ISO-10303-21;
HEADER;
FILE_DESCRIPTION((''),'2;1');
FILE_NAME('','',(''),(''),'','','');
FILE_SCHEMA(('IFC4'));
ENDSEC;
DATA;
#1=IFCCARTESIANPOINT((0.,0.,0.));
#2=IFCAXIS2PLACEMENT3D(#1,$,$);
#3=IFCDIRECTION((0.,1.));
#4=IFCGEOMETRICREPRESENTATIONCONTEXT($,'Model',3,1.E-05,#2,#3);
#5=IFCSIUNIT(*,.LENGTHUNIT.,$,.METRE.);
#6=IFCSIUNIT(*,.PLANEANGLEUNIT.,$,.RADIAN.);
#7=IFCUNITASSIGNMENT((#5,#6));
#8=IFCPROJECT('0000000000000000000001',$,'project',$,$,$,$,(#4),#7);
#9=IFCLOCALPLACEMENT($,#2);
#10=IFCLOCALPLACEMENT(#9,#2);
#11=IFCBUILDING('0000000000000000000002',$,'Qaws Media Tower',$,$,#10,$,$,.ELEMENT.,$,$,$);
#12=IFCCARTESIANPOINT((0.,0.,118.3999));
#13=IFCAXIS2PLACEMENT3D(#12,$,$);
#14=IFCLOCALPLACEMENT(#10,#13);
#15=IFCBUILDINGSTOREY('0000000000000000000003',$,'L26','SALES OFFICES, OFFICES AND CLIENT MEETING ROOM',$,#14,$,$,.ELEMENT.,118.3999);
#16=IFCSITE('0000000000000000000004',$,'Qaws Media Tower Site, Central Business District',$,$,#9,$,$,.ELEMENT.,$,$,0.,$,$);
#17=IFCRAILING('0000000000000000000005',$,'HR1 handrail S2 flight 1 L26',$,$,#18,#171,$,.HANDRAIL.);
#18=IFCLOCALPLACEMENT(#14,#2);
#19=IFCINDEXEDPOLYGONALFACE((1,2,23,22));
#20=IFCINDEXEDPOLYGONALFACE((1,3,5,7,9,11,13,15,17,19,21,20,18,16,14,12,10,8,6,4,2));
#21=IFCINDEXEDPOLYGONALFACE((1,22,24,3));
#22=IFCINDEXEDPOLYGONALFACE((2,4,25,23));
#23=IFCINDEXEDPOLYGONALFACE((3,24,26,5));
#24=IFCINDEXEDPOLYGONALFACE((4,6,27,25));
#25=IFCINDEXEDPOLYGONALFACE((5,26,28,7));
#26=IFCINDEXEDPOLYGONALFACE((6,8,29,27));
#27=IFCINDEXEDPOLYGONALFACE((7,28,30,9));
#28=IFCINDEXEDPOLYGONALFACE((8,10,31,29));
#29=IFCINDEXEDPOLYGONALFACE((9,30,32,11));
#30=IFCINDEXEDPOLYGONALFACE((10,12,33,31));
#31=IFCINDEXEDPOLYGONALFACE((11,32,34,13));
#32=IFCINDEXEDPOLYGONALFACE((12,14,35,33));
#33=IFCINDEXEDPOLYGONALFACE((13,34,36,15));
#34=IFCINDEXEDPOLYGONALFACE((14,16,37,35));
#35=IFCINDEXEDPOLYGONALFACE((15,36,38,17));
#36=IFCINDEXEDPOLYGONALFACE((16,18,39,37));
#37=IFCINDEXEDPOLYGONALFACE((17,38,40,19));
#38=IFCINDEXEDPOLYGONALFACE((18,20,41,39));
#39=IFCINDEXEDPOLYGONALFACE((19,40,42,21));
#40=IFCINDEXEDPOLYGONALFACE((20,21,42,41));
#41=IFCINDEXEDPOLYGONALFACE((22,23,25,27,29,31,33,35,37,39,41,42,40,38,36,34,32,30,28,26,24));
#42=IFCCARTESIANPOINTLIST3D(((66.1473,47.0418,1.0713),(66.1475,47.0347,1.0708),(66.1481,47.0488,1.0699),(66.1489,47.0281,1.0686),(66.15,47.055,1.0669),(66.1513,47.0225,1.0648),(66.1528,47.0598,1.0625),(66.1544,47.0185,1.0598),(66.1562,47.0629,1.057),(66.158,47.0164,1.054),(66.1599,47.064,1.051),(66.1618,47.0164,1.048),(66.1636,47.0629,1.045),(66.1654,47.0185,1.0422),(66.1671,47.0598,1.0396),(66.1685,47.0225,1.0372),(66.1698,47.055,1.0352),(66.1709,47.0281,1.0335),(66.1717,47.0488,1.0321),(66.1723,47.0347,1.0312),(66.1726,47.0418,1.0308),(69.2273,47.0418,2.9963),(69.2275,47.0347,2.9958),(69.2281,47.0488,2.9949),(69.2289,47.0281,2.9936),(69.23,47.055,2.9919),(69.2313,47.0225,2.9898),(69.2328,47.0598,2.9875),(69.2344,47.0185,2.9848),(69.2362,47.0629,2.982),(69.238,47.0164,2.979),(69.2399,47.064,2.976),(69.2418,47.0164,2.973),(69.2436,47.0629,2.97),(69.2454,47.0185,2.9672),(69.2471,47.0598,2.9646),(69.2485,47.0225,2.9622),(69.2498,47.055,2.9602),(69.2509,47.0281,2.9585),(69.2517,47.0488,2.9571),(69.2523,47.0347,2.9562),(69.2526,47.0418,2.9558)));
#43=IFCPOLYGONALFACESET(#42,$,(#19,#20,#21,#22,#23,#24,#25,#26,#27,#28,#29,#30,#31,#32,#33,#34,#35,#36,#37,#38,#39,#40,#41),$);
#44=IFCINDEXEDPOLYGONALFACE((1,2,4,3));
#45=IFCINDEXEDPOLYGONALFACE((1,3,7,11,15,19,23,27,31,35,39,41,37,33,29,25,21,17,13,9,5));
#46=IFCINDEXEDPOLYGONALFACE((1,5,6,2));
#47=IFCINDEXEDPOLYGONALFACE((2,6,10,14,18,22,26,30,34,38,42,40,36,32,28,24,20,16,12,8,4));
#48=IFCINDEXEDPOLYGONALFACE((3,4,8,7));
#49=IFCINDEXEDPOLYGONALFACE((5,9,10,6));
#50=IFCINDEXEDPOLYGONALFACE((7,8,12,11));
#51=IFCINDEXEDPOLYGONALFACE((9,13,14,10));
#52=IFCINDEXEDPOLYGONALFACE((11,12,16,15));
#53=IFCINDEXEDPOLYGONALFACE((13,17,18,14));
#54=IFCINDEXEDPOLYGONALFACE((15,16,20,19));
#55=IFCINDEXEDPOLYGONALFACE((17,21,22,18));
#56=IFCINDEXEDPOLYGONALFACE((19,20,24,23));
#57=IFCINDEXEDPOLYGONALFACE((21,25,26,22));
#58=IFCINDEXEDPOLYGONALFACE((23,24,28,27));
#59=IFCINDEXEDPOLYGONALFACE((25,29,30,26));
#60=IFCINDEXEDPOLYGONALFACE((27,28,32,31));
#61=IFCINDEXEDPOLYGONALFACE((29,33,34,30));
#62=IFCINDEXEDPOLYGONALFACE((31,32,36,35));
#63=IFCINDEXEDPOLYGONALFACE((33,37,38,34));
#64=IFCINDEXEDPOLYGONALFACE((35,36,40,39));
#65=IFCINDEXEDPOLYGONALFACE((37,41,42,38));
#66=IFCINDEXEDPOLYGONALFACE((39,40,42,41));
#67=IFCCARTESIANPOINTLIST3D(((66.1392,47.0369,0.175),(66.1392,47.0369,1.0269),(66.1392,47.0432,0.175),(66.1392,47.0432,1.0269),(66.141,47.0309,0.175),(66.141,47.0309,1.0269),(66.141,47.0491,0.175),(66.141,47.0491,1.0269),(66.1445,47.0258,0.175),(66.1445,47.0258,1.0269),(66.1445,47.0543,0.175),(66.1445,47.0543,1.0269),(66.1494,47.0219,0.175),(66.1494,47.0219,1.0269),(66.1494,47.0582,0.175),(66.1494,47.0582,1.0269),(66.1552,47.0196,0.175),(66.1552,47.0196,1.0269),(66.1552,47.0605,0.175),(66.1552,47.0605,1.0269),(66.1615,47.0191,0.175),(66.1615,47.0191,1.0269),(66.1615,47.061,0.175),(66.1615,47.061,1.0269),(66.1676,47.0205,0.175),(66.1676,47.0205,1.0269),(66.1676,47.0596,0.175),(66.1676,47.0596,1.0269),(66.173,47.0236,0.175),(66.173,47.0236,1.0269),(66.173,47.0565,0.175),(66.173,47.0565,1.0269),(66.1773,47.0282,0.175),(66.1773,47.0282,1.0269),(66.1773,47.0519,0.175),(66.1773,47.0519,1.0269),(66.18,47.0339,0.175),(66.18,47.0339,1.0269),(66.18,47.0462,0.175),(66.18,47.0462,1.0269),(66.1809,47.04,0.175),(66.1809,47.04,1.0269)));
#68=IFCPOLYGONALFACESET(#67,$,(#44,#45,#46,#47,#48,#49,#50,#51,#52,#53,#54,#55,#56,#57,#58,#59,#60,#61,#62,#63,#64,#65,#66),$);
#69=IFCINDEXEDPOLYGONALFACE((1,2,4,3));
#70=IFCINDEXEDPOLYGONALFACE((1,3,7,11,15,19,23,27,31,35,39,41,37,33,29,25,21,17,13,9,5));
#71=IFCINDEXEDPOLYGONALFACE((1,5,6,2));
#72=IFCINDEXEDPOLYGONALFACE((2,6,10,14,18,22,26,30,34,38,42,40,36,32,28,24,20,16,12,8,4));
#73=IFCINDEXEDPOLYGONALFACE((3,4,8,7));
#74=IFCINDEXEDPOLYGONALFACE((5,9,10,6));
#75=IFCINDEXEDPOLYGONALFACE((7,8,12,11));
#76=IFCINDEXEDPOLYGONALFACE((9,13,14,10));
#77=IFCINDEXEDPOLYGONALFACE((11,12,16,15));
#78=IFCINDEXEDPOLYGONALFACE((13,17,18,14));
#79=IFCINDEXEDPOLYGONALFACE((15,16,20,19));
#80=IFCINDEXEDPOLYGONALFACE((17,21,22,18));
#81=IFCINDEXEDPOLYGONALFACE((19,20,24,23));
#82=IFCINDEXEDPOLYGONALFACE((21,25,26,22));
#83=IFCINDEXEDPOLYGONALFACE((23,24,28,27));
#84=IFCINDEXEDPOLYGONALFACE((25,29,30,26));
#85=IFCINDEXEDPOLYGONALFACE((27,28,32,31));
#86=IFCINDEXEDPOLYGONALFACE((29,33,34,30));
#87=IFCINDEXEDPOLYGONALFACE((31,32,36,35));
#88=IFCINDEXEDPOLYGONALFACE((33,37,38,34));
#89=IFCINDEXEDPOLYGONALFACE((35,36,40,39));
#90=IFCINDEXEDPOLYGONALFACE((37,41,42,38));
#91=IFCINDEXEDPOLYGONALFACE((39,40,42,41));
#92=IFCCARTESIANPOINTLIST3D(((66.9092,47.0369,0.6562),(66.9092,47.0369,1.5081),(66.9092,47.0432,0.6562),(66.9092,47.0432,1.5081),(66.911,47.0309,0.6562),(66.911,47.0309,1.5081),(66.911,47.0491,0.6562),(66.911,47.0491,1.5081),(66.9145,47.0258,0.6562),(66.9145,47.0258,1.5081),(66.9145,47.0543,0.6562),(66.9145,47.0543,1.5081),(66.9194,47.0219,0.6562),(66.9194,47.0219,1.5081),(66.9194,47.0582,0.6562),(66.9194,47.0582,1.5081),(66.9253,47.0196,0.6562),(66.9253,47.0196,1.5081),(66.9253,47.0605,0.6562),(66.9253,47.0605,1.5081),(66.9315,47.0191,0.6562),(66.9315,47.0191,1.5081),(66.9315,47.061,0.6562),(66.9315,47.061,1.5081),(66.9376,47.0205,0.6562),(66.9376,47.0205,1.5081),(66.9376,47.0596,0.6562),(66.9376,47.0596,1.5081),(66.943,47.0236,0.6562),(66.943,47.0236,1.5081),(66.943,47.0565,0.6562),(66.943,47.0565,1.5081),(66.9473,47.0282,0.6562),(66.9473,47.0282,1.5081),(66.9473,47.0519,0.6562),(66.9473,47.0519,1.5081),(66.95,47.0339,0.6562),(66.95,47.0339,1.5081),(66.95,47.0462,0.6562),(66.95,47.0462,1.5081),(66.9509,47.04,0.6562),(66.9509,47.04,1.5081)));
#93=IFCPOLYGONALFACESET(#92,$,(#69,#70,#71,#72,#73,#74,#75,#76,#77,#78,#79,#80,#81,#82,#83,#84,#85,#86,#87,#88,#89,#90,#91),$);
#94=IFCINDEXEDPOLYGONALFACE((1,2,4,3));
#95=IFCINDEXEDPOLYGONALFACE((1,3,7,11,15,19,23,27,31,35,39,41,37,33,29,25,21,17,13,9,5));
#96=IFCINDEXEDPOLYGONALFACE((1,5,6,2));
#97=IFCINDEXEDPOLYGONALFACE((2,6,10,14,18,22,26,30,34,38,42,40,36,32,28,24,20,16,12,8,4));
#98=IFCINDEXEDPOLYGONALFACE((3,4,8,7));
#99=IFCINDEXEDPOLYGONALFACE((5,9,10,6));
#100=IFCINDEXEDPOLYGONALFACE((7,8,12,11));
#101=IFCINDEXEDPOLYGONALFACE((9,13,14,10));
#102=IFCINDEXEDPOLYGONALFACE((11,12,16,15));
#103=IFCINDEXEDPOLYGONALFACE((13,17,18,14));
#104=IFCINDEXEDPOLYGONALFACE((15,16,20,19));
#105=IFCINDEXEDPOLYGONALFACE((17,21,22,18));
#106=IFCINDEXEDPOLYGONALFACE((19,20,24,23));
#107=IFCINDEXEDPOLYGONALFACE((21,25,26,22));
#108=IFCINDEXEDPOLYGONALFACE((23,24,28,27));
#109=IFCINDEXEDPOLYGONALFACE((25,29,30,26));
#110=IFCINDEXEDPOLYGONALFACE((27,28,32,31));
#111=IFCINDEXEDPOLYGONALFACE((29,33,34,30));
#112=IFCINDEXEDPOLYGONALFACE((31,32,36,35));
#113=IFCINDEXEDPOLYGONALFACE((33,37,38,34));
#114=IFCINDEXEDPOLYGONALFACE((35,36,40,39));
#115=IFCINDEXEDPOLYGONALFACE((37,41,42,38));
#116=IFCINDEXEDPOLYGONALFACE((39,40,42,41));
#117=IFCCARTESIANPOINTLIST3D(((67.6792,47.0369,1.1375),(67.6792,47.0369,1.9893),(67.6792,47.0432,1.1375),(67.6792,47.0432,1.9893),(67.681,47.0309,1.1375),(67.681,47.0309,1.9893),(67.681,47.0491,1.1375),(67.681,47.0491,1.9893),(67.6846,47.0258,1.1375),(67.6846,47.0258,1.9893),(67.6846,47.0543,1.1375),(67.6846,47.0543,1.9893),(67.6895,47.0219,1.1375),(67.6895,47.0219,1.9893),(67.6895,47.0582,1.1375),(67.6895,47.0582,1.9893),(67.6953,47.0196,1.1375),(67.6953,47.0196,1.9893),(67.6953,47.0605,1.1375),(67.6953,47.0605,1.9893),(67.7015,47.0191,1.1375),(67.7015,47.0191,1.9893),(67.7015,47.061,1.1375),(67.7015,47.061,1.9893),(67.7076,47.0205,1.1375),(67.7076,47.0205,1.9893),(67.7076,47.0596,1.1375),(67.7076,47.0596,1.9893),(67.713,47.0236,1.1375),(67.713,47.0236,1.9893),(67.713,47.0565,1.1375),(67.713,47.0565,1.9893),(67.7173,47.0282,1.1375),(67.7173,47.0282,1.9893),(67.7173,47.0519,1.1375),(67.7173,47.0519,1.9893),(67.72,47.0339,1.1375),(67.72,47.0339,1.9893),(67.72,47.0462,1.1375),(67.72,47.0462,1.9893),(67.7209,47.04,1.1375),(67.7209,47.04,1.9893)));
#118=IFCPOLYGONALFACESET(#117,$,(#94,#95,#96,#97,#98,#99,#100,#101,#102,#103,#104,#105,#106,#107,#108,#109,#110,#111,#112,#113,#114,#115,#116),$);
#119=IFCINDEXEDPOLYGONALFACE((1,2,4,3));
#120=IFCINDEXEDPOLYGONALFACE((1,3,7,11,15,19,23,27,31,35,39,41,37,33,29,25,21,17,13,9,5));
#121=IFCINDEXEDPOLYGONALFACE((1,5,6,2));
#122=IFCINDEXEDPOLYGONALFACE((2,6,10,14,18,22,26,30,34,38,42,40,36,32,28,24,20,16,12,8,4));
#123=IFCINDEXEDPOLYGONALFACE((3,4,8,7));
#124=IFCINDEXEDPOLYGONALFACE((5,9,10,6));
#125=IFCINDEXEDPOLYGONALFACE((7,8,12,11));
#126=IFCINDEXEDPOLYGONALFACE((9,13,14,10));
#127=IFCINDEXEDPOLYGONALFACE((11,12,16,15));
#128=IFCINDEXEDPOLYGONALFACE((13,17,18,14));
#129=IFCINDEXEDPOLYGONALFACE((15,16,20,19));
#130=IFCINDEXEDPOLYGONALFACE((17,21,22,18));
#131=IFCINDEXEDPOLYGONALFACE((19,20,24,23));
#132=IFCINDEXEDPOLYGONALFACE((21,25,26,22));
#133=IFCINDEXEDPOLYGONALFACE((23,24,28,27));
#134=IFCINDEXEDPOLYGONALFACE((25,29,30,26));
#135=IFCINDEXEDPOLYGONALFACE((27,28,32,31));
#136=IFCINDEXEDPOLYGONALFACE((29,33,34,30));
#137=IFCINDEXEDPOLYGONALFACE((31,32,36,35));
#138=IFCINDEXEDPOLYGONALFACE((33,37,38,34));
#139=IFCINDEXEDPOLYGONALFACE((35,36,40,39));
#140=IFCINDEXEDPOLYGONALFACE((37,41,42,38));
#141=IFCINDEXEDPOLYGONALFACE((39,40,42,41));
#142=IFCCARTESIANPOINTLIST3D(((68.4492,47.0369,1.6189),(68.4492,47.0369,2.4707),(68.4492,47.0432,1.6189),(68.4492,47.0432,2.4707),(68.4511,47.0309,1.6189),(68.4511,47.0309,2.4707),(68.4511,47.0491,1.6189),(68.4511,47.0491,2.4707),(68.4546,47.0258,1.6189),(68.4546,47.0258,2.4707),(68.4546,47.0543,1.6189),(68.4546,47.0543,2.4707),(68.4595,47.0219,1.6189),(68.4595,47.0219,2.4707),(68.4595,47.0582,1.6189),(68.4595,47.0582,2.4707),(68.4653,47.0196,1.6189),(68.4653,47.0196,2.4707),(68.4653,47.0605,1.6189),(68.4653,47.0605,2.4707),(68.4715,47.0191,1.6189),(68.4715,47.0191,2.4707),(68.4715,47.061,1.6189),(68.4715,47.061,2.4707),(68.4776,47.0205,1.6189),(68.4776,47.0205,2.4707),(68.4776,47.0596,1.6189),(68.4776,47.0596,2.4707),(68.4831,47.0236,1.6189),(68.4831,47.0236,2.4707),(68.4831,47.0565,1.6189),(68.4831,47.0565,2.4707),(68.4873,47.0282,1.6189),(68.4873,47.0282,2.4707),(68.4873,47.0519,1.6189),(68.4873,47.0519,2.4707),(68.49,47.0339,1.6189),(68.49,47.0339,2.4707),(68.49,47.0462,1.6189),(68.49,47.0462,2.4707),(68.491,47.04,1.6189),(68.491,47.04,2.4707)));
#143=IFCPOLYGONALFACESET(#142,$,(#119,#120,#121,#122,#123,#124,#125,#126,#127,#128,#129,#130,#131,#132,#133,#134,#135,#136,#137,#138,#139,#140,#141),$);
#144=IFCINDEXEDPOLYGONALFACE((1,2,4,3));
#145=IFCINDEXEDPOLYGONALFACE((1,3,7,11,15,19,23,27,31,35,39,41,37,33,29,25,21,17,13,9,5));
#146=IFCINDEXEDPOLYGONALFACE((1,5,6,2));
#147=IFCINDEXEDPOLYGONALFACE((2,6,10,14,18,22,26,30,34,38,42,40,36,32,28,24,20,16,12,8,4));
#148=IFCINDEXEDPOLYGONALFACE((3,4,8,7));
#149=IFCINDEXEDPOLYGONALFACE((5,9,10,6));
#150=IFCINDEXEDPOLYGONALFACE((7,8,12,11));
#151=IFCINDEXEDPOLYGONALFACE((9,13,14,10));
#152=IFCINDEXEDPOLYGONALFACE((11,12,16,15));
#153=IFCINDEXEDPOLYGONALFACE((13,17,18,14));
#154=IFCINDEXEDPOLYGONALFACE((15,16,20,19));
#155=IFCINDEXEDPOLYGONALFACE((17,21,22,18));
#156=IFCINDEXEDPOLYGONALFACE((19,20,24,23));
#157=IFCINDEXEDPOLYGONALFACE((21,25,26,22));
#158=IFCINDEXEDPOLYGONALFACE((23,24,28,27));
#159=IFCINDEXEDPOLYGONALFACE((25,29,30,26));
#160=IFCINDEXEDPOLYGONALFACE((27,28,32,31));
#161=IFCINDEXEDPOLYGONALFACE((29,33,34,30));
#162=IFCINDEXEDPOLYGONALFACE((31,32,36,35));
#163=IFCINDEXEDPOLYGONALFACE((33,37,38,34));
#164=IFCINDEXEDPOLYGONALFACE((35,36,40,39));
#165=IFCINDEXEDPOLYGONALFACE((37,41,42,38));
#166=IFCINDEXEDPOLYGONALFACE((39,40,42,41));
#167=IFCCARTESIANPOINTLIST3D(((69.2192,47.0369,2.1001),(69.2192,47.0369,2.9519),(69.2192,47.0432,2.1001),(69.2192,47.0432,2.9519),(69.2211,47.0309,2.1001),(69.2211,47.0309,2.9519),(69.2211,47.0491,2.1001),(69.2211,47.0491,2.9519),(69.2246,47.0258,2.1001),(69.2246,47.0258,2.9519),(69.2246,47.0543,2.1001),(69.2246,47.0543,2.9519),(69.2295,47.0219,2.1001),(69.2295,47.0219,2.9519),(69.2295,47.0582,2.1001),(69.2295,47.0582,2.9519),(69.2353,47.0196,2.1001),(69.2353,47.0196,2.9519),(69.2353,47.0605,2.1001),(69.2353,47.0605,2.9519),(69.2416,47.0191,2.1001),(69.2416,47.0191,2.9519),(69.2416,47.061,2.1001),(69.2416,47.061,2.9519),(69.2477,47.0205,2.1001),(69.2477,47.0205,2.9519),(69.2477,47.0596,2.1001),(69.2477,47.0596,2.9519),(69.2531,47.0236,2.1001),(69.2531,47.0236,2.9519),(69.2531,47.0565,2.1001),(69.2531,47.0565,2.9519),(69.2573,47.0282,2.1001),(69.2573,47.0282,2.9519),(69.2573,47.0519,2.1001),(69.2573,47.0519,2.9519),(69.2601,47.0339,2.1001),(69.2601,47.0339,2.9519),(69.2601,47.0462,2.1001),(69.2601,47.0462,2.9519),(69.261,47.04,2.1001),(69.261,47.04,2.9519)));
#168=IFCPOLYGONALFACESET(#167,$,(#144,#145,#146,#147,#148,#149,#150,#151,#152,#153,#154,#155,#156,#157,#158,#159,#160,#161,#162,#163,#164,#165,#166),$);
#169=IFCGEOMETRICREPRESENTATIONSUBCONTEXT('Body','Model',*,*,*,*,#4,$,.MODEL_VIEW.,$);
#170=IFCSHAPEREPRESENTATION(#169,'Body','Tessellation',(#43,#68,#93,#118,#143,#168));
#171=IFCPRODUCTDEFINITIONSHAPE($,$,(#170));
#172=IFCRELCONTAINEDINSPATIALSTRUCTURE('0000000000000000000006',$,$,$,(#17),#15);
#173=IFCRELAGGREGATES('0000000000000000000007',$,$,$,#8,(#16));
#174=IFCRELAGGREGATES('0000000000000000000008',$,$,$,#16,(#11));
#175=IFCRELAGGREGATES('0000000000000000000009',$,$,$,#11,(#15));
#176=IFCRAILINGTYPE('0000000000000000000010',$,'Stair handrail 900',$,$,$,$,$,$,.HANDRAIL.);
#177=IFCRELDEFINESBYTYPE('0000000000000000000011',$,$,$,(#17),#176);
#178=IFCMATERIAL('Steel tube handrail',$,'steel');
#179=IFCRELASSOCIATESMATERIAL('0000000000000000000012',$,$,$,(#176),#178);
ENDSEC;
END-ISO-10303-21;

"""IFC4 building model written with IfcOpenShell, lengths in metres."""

from ifc_helpers import new_model, si_unit, direction, frame, origin, origin_2d, place, context, subcontext, project, spatial, circle, extrude, material, type_object, element, save


model = new_model("IFC4")

# Units and contexts
model_context = context("Model", 3, precision=1e-05, world=origin(), true_north=direction((0.0, 1.0)))
body_context = subcontext(model_context, "Body", "Model", "MODEL_VIEW")
ifc_project = project(units=[si_unit("LENGTHUNIT", "METRE"), si_unit("PLANEANGLEUNIT", "RADIAN")], contexts=[model_context])

# Site, building, storey
site_placement = place(None, origin())
site = spatial("IfcSite", under=ifc_project, at=site_placement, Name="Qaws Media Tower Site, Central Business District", CompositionType="ELEMENT", RefElevation=0.0)
building_placement = place(site_placement, origin())
building = spatial("IfcBuilding", under=site, at=building_placement, Name="Qaws Media Tower", CompositionType="ELEMENT")
storey_placement = place(building_placement, frame((0.0, 0.0, 118.3999)))
storey = spatial("IfcBuildingStorey", under=building, at=storey_placement, Name="L26", Description="SALES OFFICES, OFFICES AND CLIENT MEETING ROOM", CompositionType="ELEMENT", Elevation=118.3999)

# Railing
ifc_material_1 = material(Name="Steel tube handrail", Category="steel")
railing_type = type_object("IfcRailingType", Name="Stair handrail 900", PredefinedType="HANDRAIL", material=ifc_material_1)
for number, where, name in (
    (1, (66.1599, 47.04, 0.175), "HR1 handrail S2 flight 1 L26"),
):
    element("IfcRailing", number, at=place(storey_placement, frame(where)), inside=storey, type_object=railing_type, Name=name, PredefinedType="HANDRAIL", context=body_context, shape_type="SweptSolid", body=[
        extrude(circle(Radius=0.0239, at=origin_2d()), frame((0.0, 0.0, 0.876), z_axis=(0.847998, 0.0, 0.529999), x_axis=(0.0, 1.0, 0.0)), (0.0, 0.0, 1.0), 3.6321),
        extrude(circle(Radius=0.021, at=origin_2d()), origin(), (0.0, 0.0, 1.0), 0.8518),
        extrude(circle(Radius=0.021, at=origin_2d()), frame((0.77, 0.0, 0.4812)), (0.0, 0.0, 1.0), 0.8518),
        extrude(circle(Radius=0.021, at=origin_2d()), frame((1.54, 0.0, 0.9624)), (0.0, 0.0, 1.0), 0.8518),
        extrude(circle(Radius=0.021, at=origin_2d()), frame((2.3101, 0.0, 1.4438)), (0.0, 0.0, 1.0), 0.8518),
        extrude(circle(Radius=0.021, at=origin_2d()), frame((3.0801, 0.0, 1.925)), (0.0, 0.0, 1.0), 0.8518),
    ])

save(model, "model.ifc")
